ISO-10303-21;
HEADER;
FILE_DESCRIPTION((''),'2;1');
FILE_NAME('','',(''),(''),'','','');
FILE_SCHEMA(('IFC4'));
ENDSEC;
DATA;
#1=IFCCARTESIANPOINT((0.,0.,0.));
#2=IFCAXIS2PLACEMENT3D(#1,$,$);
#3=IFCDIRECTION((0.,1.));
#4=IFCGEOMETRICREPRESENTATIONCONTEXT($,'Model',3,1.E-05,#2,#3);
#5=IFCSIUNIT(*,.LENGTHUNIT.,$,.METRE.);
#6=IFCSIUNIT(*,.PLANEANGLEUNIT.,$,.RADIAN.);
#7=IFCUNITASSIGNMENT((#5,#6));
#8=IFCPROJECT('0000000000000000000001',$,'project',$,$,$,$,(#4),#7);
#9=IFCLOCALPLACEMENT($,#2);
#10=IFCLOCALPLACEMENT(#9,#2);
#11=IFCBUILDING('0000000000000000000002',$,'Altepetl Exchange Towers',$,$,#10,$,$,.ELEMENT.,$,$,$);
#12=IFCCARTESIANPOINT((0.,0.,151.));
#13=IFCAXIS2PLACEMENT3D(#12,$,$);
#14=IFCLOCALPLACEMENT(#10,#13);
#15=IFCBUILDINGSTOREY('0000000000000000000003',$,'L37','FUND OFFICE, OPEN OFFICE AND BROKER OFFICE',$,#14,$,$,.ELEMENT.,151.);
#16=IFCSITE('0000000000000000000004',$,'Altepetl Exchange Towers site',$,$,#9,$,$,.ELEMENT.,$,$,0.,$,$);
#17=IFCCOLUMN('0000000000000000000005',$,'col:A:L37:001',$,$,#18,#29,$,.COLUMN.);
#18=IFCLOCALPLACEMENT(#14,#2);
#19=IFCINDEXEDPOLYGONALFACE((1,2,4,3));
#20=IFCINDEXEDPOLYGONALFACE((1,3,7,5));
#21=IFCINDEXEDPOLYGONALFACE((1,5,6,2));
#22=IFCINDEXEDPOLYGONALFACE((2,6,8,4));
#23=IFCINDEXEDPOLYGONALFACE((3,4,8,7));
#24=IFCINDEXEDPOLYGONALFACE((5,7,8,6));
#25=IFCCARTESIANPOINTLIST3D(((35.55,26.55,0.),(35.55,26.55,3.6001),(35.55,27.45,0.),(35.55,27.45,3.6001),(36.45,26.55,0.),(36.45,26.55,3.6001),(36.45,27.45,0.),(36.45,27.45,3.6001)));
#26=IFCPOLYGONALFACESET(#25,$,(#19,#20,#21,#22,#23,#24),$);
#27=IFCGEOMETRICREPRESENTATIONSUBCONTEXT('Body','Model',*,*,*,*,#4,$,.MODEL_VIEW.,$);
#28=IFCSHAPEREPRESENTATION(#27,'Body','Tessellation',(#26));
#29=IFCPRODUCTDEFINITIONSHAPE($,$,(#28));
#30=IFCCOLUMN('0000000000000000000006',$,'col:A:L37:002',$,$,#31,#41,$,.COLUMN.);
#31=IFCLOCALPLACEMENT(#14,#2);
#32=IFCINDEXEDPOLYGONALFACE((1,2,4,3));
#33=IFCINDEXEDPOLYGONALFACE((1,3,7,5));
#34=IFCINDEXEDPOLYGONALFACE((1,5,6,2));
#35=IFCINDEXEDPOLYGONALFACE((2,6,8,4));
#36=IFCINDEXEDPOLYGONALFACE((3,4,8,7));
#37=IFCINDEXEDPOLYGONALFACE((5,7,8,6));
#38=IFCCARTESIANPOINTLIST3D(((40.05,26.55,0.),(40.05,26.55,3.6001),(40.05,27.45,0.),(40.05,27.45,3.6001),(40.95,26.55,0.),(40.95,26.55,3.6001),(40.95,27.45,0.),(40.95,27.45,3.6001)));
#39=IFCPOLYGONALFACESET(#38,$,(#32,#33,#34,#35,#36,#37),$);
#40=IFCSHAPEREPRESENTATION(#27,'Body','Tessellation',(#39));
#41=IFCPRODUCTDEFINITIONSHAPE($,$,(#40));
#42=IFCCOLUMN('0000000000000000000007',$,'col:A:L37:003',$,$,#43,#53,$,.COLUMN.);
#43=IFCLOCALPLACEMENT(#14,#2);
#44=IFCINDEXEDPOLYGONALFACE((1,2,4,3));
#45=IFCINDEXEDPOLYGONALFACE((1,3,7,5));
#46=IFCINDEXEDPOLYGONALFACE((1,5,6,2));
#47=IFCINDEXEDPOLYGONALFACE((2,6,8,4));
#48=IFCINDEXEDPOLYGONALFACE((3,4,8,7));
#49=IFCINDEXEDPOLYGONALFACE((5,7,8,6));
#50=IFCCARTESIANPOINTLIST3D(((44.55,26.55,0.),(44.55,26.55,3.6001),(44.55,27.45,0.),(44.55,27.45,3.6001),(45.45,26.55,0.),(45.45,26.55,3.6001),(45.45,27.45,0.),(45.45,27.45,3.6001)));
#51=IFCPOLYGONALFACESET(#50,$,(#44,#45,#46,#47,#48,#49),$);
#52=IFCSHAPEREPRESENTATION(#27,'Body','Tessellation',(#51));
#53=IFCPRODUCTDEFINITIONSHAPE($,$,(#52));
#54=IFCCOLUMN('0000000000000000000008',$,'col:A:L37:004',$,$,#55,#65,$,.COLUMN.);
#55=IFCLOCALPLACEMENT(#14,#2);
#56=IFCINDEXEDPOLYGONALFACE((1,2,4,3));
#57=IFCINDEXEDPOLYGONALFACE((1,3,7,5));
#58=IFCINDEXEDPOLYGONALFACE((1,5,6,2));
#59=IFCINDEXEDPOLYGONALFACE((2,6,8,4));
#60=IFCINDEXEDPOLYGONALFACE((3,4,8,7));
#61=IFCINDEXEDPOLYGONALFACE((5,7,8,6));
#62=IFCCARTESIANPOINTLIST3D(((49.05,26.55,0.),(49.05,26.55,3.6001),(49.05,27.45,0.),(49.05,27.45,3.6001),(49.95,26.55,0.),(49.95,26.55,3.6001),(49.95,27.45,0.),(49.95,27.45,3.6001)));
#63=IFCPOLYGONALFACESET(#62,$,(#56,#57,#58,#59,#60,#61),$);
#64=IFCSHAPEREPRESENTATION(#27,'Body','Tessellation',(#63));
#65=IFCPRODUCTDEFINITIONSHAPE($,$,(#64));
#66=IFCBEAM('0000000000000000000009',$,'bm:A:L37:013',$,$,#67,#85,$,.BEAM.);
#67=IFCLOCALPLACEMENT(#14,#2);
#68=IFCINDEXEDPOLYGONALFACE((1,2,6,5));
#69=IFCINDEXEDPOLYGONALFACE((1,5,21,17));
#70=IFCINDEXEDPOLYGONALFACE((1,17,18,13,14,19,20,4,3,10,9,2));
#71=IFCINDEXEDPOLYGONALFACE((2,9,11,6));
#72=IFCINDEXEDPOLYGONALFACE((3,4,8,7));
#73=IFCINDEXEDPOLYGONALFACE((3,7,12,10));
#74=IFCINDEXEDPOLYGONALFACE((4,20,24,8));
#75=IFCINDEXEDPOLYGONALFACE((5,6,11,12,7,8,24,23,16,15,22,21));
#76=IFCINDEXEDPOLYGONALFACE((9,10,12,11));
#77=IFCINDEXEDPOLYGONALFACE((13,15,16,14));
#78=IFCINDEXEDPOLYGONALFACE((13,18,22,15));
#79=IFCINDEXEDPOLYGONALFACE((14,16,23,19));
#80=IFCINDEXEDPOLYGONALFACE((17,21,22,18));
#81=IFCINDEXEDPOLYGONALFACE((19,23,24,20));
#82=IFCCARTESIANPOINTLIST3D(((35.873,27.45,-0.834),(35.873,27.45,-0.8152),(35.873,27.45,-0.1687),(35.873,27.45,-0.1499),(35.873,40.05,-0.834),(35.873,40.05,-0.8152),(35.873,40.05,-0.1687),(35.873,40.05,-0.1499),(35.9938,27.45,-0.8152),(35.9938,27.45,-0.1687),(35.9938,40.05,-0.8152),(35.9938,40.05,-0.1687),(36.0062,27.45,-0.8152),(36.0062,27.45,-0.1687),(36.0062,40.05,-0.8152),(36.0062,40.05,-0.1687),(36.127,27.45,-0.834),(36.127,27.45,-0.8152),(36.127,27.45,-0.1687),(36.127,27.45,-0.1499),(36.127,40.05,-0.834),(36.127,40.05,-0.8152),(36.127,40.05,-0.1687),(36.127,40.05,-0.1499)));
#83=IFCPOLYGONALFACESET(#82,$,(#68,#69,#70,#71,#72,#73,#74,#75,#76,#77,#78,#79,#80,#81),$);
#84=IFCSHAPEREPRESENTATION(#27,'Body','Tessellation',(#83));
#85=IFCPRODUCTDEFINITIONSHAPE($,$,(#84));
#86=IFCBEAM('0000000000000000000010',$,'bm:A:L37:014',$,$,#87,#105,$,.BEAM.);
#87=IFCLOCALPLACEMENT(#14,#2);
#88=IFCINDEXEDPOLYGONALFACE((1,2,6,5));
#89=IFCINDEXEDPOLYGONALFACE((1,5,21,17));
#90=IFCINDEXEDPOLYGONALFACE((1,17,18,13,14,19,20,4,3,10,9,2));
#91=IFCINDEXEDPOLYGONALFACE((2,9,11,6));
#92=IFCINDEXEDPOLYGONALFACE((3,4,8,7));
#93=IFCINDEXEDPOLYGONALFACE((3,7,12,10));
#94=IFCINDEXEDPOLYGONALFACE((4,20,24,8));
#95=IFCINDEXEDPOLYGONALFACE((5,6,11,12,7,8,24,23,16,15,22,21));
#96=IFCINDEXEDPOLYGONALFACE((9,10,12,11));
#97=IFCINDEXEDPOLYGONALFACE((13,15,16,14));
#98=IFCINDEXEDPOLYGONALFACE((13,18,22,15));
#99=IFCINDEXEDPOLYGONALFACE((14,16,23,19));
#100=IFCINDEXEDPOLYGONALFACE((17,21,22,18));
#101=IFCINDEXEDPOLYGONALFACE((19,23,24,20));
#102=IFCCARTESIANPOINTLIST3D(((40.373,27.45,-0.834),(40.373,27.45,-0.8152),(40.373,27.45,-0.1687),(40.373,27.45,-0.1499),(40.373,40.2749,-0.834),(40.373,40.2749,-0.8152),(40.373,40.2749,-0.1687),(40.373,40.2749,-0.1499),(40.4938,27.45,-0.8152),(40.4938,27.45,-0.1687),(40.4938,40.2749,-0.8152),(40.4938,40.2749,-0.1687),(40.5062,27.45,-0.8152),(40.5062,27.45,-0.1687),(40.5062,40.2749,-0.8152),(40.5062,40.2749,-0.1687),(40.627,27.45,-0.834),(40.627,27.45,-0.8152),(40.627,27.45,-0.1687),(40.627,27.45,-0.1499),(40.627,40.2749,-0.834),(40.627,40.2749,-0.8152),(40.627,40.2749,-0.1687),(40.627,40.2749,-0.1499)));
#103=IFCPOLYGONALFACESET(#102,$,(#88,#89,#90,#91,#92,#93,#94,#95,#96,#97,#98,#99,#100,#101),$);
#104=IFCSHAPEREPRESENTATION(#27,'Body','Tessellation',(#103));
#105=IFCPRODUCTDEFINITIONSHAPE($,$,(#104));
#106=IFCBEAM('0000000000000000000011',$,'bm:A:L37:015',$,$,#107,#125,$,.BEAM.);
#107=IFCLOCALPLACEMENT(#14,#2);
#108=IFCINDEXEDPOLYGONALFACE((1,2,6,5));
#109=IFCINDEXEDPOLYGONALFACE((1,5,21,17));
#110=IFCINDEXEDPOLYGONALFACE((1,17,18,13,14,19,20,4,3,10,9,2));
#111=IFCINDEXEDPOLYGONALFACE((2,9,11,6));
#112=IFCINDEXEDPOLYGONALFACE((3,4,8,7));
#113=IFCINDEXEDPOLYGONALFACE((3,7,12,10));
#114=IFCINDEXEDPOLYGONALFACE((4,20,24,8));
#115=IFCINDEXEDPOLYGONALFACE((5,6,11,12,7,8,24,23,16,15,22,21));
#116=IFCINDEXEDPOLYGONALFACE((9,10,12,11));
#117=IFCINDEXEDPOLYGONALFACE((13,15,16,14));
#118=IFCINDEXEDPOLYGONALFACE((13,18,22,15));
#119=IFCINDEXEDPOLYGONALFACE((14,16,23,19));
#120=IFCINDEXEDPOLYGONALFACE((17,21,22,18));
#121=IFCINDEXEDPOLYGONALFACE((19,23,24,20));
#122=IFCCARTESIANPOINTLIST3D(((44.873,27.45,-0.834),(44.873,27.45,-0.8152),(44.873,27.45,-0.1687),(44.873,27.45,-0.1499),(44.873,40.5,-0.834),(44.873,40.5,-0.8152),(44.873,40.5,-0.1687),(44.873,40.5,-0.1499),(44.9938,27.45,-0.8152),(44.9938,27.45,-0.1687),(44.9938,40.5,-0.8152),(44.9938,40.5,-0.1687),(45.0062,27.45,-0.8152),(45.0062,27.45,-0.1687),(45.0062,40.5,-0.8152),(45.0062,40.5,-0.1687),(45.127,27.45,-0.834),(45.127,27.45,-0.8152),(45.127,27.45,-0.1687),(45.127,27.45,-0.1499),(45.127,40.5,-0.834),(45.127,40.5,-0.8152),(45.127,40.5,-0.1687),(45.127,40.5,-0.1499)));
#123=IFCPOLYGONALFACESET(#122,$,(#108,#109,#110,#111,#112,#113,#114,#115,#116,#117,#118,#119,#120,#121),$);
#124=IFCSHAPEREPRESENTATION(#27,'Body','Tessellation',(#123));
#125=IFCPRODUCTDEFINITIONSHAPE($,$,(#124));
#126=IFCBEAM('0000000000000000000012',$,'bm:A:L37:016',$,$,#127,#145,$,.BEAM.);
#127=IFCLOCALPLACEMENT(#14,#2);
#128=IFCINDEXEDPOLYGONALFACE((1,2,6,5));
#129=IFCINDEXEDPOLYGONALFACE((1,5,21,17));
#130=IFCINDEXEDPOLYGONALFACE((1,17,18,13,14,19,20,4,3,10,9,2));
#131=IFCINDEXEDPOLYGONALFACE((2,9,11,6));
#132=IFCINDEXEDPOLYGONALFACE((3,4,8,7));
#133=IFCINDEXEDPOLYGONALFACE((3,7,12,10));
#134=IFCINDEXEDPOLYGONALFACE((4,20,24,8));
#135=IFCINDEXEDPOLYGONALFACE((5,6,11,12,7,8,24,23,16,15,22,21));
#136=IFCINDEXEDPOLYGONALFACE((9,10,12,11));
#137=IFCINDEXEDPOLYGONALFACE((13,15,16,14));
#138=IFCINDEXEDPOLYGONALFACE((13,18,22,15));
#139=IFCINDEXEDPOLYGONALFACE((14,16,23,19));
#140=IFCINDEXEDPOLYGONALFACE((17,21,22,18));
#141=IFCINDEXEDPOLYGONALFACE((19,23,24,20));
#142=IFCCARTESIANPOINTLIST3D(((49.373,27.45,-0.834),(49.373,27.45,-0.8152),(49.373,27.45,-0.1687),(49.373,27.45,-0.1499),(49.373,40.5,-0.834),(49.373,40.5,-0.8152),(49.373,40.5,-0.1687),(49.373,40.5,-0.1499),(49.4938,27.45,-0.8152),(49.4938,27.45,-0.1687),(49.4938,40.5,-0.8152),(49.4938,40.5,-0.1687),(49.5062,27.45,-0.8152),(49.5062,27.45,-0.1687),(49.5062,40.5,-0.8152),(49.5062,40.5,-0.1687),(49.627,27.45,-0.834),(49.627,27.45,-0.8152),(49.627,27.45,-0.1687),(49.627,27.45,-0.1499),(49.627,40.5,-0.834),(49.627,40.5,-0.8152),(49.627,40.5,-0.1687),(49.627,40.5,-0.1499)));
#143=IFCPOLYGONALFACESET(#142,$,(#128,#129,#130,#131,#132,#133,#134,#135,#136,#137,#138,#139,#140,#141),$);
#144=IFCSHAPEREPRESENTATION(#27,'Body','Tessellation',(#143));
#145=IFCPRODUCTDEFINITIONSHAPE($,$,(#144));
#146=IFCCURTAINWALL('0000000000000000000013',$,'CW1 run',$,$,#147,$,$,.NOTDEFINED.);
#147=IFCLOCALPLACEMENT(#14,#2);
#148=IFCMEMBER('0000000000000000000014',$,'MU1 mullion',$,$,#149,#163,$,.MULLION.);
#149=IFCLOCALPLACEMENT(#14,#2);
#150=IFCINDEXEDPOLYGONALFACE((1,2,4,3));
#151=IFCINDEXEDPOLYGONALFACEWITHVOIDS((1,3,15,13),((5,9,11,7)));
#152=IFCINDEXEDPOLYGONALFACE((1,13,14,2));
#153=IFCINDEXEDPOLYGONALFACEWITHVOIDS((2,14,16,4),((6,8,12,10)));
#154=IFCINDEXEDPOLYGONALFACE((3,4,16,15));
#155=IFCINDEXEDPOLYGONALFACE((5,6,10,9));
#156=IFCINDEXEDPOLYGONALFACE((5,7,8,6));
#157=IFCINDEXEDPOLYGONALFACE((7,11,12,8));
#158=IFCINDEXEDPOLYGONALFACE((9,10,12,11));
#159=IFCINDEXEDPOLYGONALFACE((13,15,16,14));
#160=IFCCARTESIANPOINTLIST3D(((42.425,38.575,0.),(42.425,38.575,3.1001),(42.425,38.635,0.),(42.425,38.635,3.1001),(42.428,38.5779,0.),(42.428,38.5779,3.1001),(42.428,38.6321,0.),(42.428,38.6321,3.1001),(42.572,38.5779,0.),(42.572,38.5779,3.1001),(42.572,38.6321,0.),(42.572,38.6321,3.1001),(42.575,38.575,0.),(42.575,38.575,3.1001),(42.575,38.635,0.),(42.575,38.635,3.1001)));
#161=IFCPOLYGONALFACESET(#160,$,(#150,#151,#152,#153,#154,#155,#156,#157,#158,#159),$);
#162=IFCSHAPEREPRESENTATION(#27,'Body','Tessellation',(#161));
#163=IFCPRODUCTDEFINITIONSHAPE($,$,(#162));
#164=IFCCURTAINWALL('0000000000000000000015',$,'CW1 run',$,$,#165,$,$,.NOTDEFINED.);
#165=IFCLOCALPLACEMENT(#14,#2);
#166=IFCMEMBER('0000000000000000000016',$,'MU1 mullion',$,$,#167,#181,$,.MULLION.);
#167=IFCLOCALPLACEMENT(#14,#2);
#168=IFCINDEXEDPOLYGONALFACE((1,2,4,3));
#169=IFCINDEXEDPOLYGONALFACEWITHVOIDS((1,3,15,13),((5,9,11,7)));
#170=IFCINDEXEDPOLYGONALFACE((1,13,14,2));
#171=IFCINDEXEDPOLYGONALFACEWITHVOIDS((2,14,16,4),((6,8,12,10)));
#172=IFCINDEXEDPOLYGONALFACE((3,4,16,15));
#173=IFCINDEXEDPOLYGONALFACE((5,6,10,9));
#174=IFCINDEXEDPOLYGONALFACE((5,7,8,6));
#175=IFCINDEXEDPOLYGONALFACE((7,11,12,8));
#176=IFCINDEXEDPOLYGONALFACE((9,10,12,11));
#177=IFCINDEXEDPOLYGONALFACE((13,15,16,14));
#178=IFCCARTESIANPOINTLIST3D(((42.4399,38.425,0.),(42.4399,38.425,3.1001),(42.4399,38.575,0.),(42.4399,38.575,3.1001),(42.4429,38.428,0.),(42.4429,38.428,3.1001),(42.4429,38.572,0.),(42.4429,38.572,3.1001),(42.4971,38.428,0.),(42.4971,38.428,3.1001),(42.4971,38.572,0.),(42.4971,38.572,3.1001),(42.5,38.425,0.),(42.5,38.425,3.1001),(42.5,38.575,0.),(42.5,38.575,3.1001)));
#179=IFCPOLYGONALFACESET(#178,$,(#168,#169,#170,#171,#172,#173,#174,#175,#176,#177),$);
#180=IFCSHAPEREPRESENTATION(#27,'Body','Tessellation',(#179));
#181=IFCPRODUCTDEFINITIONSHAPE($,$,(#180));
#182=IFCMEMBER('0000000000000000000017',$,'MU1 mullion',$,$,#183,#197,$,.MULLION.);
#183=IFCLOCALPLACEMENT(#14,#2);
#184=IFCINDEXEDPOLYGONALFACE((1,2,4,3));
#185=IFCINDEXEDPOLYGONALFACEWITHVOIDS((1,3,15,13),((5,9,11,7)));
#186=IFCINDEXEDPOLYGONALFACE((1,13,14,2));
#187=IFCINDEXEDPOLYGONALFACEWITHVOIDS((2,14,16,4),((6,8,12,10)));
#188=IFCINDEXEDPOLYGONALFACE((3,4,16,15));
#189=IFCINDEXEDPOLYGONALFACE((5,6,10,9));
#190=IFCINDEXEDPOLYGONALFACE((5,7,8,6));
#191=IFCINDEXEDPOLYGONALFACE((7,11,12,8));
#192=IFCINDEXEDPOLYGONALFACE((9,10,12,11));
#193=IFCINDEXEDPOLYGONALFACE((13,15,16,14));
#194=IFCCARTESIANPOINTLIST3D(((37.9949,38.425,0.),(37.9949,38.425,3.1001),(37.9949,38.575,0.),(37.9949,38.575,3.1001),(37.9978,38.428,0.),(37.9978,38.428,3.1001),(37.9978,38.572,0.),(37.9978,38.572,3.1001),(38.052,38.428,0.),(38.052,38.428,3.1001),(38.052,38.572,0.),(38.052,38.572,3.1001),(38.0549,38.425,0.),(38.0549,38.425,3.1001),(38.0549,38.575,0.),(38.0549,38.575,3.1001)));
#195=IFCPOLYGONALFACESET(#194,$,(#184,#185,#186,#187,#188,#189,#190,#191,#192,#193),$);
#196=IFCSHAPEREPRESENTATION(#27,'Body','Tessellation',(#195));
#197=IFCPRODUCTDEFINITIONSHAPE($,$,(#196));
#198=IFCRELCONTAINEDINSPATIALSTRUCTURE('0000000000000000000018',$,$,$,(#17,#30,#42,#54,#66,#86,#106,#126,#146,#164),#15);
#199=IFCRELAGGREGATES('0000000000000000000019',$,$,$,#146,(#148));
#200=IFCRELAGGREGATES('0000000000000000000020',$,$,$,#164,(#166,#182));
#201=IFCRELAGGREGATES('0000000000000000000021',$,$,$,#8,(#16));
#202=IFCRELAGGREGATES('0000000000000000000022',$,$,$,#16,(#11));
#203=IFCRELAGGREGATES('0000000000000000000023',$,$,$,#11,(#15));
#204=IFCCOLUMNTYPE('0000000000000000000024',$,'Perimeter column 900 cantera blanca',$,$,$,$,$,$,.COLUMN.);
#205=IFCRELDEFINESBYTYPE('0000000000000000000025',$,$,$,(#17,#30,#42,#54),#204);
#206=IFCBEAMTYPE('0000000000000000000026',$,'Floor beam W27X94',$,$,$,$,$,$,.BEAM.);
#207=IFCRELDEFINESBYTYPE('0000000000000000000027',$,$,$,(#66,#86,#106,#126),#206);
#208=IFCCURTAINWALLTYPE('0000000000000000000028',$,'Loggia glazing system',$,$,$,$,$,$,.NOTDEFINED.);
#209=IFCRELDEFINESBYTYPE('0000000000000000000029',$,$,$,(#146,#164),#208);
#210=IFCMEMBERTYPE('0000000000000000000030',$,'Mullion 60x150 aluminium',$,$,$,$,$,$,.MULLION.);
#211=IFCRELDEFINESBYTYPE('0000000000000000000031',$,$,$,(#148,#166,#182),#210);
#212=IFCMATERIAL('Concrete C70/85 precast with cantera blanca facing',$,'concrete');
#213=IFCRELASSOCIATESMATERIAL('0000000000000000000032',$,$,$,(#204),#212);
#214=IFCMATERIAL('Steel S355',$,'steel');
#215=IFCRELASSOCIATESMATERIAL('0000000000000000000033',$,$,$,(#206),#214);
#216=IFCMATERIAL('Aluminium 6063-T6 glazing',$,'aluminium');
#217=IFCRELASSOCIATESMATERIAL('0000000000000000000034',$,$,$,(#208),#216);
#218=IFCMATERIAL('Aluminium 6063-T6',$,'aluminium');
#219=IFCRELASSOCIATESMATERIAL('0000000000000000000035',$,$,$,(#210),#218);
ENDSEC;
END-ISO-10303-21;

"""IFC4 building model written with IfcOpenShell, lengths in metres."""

from ifc_helpers import new_model, si_unit, direction, frame, origin, origin_2d, place, context, subcontext, project, spatial, rectangle, hollow_rectangle, i_section, extrude, material, material_profile, profile_set, type_object, element, aggregate, save


model = new_model("IFC4")

# Units and contexts
model_context = context("Model", 3, precision=1e-05, world=origin(), true_north=direction((0.0, 1.0)))
body_context = subcontext(model_context, "Body", "Model", "MODEL_VIEW")
ifc_project = project(units=[si_unit("LENGTHUNIT", "METRE"), si_unit("PLANEANGLEUNIT", "RADIAN")], contexts=[model_context])

# Site, building, storey
site_placement = place(None, origin())
site = spatial("IfcSite", under=ifc_project, at=site_placement, Name="Altepetl Exchange Towers site", CompositionType="ELEMENT", RefElevation=0.0)
building_placement = place(site_placement, origin())
building = spatial("IfcBuilding", under=site, at=building_placement, Name="Altepetl Exchange Towers", CompositionType="ELEMENT")
storey_placement = place(building_placement, frame((0.0, 0.0, 151.0)))
storey = spatial("IfcBuildingStorey", under=building, at=storey_placement, Name="L37", Description="FUND OFFICE, OPEN OFFICE AND BROKER OFFICE", CompositionType="ELEMENT", Elevation=151.0)

# Columns
ifc_material_1 = material(Name="Concrete C70/85 precast with cantera blanca facing", Category="concrete")
ifc_material_profile_1 = material_profile(ifc_material_1, rectangle(XDim=0.8999, YDim=0.8999, at=origin_2d()), Name="900 x 900")
ifc_profile_set_1 = profile_set([ifc_material_profile_1], Name="Concrete C70/85 precast with cantera blanca facing")
column_type = type_object("IfcColumnType", Name="Perimeter column 900 cantera blanca", PredefinedType="COLUMN", material=ifc_profile_set_1)
for number, where, name in (
    (1, (36.0, 27.0, 0.0), "col:A:L37:001"),
    (2, (40.5, 27.0, 0.0), "col:A:L37:002"),
    (3, (45.0, 27.0, 0.0), "col:A:L37:003"),
    (4, (49.5, 27.0, 0.0), "col:A:L37:004"),
):
    element("IfcColumn", number, at=place(storey_placement, frame(where)), inside=storey, type_object=column_type, Name=name, PredefinedType="COLUMN", context=body_context, shape_type="SweptSolid", body=[
        extrude(rectangle(XDim=0.8999, YDim=0.8999, at=origin_2d()), origin(), (0.0, 0.0, 1.0), 3.6001),
    ])

# Beams
ifc_material_2 = material(Name="Steel S355", Category="steel")
ifc_material_profile_2 = material_profile(ifc_material_2, i_section(OverallWidth=0.2539, OverallDepth=0.6841, WebThickness=0.0125, FlangeThickness=0.0188, at=origin_2d()), Name="W27X94")
ifc_profile_set_2 = profile_set([ifc_material_profile_2], Name="Steel S355")
beam_type_1 = type_object("IfcBeamType", Name="Floor beam W27X94", PredefinedType="BEAM", material=ifc_profile_set_2)
beam_1_placement = place(storey_placement, frame((36.0, 27.45, -0.4919), z_axis=(0.0, 1.0, 0.0), x_axis=(-1.0, 0.0, 0.0)))
element("IfcBeam", 5, at=beam_1_placement, inside=storey, type_object=beam_type_1, Name="bm:A:L37:013", PredefinedType="BEAM", context=body_context, shape_type="SweptSolid", body=[
    extrude(i_section(OverallWidth=0.2539, OverallDepth=0.6841, WebThickness=0.0125, FlangeThickness=0.0188, at=origin_2d()), origin(), (0.0, 0.0, 1.0), 12.6001),
])
beam_2_placement = place(storey_placement, frame((40.5, 27.45, -0.4919), z_axis=(0.0, 1.0, 0.0), x_axis=(-1.0, 0.0, 0.0)))
element("IfcBeam", 6, at=beam_2_placement, inside=storey, type_object=beam_type_1, Name="bm:A:L37:014", PredefinedType="BEAM", context=body_context, shape_type="SweptSolid", body=[
    extrude(i_section(OverallWidth=0.2539, OverallDepth=0.6841, WebThickness=0.0125, FlangeThickness=0.0188, at=origin_2d()), origin(), (0.0, 0.0, 1.0), 12.825),
])
for number, where, z_axis, x_axis, name in (
    (7, (45.0, 27.45, -0.4919), (0.0, 1.0, 0.0), (-1.0, 0.0, 0.0), "bm:A:L37:015"),
    (8, (49.5, 27.45, -0.4919), (0.0, 1.0, 0.0), (-1.0, 0.0, 0.0), "bm:A:L37:016"),
):
    element("IfcBeam", number, at=place(storey_placement, frame(where, z_axis=z_axis, x_axis=x_axis)), inside=storey, type_object=beam_type_1, Name=name, PredefinedType="BEAM", context=body_context, shape_type="SweptSolid", body=[
        extrude(i_section(OverallWidth=0.2539, OverallDepth=0.6841, WebThickness=0.0125, FlangeThickness=0.0188, at=origin_2d()), origin(), (0.0, 0.0, 1.0), 13.05),
    ])

# Curtain wall, member
ifc_material_3 = material(Name="Aluminium 6063-T6 glazing", Category="aluminium")
curtain_wall_type = type_object("IfcCurtainWallType", Name="Loggia glazing system", PredefinedType="NOTDEFINED", material=ifc_material_3)
curtain_wall_1_placement = place(storey_placement, origin())
curtain_wall_1 = element("IfcCurtainWall", 9, at=curtain_wall_1_placement, inside=storey, type_object=curtain_wall_type, Name="CW1 run", PredefinedType="NOTDEFINED")
ifc_material_4 = material(Name="Aluminium 6063-T6", Category="aluminium")
ifc_material_profile_3 = material_profile(ifc_material_4, hollow_rectangle(XDim=0.0601, YDim=0.1499, WallThickness=0.0029, at=origin_2d()), Name="Mullion 60x150 aluminium")
ifc_profile_set_3 = profile_set([ifc_material_profile_3], Name="Aluminium 6063-T6")
member_type = type_object("IfcMemberType", Name="Mullion 60x150 aluminium", PredefinedType="MULLION", material=ifc_profile_set_3)
member_1_placement = place(storey_placement, frame((42.5, 38.605, 0.0), z_axis=(0.0, 0.0, 1.0), x_axis=(0.0, -1.0, 0.0)))
member_1 = element("IfcMember", 10, at=member_1_placement, type_object=member_type, Name="MU1 mullion", PredefinedType="MULLION", context=body_context, shape_type="SweptSolid", body=[
    extrude(hollow_rectangle(XDim=0.0601, YDim=0.1499, WallThickness=0.0029, at=origin_2d()), origin(), (0.0, 0.0, 1.0), 3.1001),
])
aggregate(curtain_wall_1, [member_1])

# Curtain wall, members
curtain_wall_2_placement = place(storey_placement, origin())
curtain_wall_2 = element("IfcCurtainWall", 11, at=curtain_wall_2_placement, inside=storey, type_object=curtain_wall_type, Name="CW1 run", PredefinedType="NOTDEFINED")
member_2_placement = place(storey_placement, frame((42.47, 38.5, 0.0), z_axis=(0.0, 0.0, 1.0), x_axis=(-1.0, 0.0, 0.0)))
member_2 = element("IfcMember", 12, at=member_2_placement, type_object=member_type, Name="MU1 mullion", PredefinedType="MULLION", context=body_context, shape_type="SweptSolid", body=[
    extrude(hollow_rectangle(XDim=0.0601, YDim=0.1499, WallThickness=0.0029, at=origin_2d()), origin(), (0.0, 0.0, 1.0), 3.1001),
])
member_3_placement = place(storey_placement, frame((38.0249, 38.5, 0.0), z_axis=(0.0, 0.0, 1.0), x_axis=(-1.0, 0.0, 0.0)))
member_3 = element("IfcMember", 13, at=member_3_placement, type_object=member_type, Name="MU1 mullion", PredefinedType="MULLION", context=body_context, shape_type="SweptSolid", body=[
    extrude(hollow_rectangle(XDim=0.0601, YDim=0.1499, WallThickness=0.0029, at=origin_2d()), origin(), (0.0, 0.0, 1.0), 3.1001),
])

aggregate(curtain_wall_2, [member_2, member_3])

save(model, "model.ifc")
